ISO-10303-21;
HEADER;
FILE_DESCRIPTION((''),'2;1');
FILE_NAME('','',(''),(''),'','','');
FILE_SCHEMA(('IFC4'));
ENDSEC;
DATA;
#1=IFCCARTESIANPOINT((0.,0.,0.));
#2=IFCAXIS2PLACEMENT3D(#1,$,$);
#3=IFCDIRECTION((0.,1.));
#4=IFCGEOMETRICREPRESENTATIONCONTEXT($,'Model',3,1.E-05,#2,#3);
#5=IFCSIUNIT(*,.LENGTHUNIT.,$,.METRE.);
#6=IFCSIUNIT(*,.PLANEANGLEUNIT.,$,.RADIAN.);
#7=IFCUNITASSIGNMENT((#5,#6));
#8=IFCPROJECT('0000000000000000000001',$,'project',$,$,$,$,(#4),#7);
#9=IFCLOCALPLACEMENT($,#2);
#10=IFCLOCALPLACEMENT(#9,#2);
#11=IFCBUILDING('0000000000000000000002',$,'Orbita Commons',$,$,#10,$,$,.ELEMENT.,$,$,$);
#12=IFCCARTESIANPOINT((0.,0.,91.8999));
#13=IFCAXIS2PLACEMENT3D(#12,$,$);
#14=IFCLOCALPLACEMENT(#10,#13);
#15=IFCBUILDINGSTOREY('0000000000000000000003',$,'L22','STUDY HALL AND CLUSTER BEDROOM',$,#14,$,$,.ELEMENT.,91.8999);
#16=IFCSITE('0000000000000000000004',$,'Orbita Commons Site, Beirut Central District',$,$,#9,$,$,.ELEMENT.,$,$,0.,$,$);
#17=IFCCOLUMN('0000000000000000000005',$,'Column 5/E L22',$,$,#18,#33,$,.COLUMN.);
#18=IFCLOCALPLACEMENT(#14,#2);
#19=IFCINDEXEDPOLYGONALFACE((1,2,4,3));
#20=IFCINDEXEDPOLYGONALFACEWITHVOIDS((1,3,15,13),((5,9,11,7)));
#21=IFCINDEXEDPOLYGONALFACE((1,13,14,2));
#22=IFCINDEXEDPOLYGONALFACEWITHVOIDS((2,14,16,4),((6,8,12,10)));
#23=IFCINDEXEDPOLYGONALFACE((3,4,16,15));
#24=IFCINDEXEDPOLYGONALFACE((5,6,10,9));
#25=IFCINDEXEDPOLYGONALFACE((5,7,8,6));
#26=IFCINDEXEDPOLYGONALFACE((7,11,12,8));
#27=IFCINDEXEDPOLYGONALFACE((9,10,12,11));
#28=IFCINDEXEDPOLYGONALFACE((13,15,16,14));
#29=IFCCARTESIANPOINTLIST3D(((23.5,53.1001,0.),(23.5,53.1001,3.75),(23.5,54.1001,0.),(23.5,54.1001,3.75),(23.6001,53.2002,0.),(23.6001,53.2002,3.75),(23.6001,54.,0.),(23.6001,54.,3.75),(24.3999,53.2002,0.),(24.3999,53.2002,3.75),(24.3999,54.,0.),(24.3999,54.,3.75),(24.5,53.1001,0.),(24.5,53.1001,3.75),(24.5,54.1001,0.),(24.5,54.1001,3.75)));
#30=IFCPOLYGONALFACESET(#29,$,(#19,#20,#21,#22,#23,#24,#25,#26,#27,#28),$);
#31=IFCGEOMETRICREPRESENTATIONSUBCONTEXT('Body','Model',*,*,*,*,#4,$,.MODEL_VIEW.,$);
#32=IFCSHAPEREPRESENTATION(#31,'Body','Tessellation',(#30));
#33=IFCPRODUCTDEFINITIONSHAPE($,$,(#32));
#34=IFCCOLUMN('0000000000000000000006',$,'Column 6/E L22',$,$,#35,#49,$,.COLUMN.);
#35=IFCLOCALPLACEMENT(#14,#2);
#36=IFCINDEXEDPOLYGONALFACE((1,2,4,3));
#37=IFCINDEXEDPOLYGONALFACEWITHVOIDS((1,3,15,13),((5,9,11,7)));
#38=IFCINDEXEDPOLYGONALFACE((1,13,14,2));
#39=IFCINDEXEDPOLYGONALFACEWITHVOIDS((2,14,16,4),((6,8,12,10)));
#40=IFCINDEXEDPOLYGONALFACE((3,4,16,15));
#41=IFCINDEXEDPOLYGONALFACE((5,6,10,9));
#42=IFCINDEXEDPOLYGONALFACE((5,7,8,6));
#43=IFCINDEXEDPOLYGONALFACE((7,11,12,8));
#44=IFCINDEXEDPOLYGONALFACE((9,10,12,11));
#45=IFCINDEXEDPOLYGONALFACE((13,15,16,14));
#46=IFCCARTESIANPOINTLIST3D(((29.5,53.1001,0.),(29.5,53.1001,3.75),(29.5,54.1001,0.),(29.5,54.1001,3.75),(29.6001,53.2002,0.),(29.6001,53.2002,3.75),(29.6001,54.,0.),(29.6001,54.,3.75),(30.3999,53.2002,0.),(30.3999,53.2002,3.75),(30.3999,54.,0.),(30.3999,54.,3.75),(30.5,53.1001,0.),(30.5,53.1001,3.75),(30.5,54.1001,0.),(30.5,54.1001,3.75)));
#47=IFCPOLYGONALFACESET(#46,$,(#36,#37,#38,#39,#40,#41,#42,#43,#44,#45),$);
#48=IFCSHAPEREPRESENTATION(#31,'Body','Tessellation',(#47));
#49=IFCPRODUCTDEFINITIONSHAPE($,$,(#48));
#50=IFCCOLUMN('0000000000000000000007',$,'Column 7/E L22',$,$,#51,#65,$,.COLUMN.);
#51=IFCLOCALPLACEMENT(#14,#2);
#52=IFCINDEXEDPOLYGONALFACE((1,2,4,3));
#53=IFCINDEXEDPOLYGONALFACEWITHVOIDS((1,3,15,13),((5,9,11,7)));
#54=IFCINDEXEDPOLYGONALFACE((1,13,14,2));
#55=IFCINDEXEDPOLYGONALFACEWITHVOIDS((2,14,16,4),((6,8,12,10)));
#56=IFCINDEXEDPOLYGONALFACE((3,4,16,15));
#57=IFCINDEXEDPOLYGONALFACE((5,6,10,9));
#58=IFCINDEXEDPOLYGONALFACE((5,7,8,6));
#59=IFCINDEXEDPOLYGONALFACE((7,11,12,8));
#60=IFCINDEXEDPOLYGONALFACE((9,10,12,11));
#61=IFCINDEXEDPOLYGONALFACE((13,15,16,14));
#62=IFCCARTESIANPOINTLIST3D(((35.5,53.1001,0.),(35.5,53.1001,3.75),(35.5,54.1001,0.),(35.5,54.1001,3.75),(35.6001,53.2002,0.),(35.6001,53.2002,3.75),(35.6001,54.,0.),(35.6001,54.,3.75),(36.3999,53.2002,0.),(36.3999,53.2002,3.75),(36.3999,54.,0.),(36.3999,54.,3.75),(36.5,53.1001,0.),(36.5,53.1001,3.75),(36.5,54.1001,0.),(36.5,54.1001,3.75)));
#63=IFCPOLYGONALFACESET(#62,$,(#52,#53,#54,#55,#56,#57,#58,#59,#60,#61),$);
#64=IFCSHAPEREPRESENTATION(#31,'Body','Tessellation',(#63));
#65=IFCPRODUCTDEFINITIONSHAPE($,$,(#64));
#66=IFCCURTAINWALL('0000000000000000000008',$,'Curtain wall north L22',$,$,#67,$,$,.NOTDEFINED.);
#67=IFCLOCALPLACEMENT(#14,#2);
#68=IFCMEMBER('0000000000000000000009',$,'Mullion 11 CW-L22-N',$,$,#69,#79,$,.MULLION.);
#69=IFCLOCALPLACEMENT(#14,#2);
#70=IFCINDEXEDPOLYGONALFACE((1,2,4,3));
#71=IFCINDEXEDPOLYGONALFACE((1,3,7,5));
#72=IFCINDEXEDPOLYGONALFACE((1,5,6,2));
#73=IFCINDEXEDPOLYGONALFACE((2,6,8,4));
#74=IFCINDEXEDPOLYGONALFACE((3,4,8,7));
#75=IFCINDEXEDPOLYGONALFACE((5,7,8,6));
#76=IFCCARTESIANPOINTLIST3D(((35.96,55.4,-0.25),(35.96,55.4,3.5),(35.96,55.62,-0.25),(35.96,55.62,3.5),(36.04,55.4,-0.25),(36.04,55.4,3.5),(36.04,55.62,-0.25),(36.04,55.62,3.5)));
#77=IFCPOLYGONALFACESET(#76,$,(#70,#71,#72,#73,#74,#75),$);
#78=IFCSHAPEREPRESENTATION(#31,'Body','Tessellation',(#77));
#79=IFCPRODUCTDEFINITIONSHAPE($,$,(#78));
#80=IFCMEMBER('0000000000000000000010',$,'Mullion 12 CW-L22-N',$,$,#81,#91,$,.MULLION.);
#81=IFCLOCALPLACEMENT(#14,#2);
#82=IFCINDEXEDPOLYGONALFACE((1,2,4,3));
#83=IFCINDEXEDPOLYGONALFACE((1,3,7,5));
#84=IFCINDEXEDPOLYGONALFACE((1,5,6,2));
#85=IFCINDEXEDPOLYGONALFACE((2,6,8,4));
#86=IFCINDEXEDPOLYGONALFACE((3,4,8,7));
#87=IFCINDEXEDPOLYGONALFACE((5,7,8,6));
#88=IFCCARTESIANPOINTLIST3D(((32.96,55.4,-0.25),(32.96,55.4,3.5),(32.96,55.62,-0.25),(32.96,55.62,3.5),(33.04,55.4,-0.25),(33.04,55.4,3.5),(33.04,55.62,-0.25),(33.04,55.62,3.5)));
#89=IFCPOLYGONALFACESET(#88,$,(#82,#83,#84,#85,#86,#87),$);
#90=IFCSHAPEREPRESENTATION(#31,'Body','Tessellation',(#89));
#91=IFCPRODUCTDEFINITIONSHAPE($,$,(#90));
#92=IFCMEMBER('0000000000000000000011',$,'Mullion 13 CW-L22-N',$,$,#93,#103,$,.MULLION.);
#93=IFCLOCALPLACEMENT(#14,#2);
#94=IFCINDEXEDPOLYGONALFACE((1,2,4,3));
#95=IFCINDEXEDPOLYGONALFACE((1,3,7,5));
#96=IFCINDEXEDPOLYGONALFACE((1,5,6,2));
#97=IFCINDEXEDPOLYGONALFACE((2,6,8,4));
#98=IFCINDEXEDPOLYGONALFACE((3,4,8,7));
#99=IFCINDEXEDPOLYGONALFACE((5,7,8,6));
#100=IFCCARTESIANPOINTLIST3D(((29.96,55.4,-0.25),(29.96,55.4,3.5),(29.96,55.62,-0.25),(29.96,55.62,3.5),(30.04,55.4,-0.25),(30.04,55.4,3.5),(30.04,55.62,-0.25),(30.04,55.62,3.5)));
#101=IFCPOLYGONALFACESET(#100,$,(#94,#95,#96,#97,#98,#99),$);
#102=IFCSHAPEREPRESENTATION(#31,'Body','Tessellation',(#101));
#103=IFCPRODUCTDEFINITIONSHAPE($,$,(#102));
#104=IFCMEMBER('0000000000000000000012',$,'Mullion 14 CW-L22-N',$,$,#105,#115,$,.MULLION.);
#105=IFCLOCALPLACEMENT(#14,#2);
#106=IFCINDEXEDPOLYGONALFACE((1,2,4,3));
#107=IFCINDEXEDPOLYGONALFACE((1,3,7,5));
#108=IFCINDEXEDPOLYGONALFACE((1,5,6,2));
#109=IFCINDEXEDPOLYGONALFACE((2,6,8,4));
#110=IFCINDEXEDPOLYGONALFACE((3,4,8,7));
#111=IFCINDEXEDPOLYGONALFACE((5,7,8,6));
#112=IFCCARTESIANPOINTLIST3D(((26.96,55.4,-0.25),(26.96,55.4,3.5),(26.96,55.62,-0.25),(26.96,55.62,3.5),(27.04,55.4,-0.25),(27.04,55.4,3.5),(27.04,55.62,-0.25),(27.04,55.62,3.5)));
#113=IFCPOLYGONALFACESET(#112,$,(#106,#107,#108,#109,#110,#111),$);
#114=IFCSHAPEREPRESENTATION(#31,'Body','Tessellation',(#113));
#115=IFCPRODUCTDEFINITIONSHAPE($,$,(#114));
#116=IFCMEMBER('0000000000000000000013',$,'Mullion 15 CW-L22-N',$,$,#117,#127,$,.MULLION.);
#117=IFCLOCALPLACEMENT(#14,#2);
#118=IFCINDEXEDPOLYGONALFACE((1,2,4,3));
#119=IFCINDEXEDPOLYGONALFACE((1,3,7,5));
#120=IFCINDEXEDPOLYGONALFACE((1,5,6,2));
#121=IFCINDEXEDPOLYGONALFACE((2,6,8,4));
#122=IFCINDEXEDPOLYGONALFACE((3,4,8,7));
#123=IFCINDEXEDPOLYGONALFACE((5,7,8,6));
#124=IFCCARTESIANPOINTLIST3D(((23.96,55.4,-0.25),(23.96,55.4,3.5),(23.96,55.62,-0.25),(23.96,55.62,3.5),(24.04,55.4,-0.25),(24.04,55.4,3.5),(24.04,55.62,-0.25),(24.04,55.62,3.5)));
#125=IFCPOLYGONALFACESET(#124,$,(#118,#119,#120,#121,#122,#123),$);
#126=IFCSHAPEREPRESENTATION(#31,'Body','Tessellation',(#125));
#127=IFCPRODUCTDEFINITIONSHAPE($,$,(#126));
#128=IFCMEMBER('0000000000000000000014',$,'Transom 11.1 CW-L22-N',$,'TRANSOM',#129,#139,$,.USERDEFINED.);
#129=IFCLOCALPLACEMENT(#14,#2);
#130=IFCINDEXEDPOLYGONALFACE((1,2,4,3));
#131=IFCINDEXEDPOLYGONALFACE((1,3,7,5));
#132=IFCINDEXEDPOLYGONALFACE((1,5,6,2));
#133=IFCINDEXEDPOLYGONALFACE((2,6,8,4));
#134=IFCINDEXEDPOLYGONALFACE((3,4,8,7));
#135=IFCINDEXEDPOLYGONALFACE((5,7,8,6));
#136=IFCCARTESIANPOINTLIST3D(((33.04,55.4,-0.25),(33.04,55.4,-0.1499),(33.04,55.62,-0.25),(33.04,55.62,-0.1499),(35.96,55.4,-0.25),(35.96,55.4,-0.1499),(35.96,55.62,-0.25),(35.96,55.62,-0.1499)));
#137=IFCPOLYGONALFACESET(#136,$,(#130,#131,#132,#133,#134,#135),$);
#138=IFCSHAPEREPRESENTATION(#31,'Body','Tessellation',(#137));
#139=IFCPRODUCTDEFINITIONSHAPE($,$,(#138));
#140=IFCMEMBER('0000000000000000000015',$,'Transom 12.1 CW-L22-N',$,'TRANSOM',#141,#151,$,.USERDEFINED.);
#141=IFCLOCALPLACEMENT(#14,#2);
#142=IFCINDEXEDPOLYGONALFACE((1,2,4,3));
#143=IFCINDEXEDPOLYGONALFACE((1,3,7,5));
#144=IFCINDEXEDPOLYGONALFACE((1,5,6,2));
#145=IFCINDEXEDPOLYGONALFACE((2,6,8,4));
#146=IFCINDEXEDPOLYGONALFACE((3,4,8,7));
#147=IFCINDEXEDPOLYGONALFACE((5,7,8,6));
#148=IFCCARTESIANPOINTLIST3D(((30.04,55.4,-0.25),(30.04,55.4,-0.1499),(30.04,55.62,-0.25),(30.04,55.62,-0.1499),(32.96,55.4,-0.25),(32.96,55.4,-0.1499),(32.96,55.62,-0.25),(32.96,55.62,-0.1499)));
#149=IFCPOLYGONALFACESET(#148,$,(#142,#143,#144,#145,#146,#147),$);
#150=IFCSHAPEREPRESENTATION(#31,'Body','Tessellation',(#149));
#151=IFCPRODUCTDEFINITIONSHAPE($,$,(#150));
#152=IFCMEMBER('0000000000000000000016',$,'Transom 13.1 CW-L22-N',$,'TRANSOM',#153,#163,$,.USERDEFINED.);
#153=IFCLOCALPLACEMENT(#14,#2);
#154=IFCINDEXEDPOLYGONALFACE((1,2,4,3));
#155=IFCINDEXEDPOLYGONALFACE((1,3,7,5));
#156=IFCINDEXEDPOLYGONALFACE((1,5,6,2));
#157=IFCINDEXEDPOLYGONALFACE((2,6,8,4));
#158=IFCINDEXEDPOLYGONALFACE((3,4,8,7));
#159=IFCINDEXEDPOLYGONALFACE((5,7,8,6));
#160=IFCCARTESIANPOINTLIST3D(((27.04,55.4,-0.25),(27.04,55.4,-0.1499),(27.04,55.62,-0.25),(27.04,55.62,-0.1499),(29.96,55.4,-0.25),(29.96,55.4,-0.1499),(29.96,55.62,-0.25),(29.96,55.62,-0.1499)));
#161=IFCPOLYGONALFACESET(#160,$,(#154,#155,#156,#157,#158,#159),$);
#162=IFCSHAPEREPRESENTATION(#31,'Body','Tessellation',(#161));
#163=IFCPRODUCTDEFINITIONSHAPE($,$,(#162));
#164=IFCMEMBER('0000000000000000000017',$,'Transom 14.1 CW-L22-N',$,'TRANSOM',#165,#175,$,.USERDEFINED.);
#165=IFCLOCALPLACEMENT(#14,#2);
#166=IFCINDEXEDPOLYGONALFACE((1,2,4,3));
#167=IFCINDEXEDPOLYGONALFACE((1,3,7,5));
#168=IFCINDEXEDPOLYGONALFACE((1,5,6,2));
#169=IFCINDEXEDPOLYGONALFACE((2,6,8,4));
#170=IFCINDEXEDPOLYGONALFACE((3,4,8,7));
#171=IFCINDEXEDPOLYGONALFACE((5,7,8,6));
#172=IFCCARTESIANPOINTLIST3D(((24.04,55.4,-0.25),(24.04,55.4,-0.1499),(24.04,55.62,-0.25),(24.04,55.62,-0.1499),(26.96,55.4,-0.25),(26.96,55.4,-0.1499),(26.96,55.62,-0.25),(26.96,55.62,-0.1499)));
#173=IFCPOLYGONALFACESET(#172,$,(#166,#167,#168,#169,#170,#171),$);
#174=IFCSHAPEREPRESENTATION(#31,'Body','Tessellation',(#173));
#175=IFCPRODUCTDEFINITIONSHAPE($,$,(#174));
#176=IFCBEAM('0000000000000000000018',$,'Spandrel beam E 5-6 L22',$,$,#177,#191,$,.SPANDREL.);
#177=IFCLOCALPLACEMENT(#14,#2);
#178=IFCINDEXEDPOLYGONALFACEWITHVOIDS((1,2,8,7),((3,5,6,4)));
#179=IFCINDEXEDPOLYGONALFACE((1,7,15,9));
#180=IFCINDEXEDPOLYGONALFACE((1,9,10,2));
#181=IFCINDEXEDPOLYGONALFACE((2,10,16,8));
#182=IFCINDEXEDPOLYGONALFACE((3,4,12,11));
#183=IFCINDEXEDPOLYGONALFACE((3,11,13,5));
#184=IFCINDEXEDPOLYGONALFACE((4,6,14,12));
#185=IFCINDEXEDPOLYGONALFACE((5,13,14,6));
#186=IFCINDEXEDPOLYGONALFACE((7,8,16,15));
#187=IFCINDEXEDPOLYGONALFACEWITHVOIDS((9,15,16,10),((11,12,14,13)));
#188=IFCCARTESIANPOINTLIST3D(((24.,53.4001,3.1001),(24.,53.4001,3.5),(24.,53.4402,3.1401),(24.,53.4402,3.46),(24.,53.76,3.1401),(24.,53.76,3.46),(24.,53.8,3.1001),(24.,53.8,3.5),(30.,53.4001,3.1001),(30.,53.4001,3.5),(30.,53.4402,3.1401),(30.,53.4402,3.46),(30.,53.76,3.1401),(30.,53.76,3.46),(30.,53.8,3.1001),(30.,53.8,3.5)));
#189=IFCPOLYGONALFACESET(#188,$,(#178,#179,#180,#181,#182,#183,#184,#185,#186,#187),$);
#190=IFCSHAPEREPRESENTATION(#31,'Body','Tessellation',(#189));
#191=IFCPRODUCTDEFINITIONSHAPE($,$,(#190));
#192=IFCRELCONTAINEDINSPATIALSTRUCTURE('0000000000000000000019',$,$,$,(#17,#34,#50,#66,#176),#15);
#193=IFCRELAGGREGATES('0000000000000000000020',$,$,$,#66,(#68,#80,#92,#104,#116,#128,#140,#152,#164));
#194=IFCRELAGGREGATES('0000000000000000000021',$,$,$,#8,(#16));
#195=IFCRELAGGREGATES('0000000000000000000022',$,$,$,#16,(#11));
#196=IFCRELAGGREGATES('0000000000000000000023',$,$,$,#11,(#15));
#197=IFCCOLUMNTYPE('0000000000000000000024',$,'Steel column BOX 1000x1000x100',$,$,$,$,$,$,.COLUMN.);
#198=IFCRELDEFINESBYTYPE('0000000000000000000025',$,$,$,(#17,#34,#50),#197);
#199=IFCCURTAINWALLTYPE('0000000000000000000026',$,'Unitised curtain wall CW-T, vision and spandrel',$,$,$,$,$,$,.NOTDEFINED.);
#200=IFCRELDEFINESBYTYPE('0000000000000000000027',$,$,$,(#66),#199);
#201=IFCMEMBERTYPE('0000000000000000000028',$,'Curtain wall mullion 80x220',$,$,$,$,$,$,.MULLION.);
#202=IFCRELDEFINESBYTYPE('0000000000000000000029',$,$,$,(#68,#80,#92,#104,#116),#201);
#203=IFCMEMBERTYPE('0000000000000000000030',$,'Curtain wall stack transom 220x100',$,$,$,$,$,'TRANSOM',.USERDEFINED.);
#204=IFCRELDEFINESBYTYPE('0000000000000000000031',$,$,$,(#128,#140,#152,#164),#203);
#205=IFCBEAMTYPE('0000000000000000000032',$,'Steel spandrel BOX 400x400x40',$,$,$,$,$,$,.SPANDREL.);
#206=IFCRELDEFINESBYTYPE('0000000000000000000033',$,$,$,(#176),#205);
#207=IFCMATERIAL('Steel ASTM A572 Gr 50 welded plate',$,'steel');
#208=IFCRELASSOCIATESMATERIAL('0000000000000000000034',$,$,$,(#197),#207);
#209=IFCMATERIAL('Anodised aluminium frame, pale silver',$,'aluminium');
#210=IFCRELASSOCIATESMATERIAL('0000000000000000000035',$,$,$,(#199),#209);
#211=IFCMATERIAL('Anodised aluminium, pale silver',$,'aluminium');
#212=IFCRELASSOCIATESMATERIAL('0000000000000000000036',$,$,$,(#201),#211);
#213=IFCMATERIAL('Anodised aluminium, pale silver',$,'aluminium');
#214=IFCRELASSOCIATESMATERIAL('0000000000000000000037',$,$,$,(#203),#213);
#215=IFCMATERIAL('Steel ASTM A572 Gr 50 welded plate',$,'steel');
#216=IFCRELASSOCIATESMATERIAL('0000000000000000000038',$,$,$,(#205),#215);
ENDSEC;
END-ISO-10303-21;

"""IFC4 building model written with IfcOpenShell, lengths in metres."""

from ifc_helpers import new_model, si_unit, direction, frame, origin, origin_2d, place, context, subcontext, project, spatial, rectangle, hollow_rectangle, extrude, material, material_profile, profile_set, type_object, element, aggregate, save


model = new_model("IFC4")

# Units and contexts
model_context = context("Model", 3, precision=1e-05, world=origin(), true_north=direction((0.0, 1.0)))
body_context = subcontext(model_context, "Body", "Model", "MODEL_VIEW")
ifc_project = project(units=[si_unit("LENGTHUNIT", "METRE"), si_unit("PLANEANGLEUNIT", "RADIAN")], contexts=[model_context])

# Site, building, storey
site_placement = place(None, origin())
site = spatial("IfcSite", under=ifc_project, at=site_placement, Name="Orbita Commons Site, Beirut Central District", CompositionType="ELEMENT", RefElevation=0.0)
building_placement = place(site_placement, origin())
building = spatial("IfcBuilding", under=site, at=building_placement, Name="Orbita Commons", CompositionType="ELEMENT")
storey_placement = place(building_placement, frame((0.0, 0.0, 91.8999)))
storey = spatial("IfcBuildingStorey", under=building, at=storey_placement, Name="L22", Description="STUDY HALL AND CLUSTER BEDROOM", CompositionType="ELEMENT", Elevation=91.8999)

# Columns
ifc_material_1 = material(Name="Steel ASTM A572 Gr 50 welded plate", Category="steel")
ifc_material_profile_1 = material_profile(ifc_material_1, hollow_rectangle(XDim=1.0, YDim=1.0, WallThickness=0.1001, at=origin_2d()), Name="BOX 1000x1000x100")
ifc_profile_set_1 = profile_set([ifc_material_profile_1], Name="Steel ASTM A572 Gr 50 welded plate")
column_type = type_object("IfcColumnType", Name="Steel column BOX 1000x1000x100", PredefinedType="COLUMN", material=ifc_profile_set_1)
for number, where, z_axis, x_axis, name in (
    (1, (24.0, 53.6001, 0.0), (0.0, 0.0, 1.0), (1.0, 0.0, 0.0), "Column 5/E L22"),
    (2, (30.0, 53.6001, 0.0), (0.0, 0.0, 1.0), (1.0, 0.0, 0.0), "Column 6/E L22"),
    (3, (36.0, 53.6001, 0.0), (0.0, 0.0, 1.0), (1.0, 0.0, 0.0), "Column 7/E L22"),
):
    element("IfcColumn", number, at=place(storey_placement, frame(where, z_axis=z_axis, x_axis=x_axis)), inside=storey, type_object=column_type, Name=name, PredefinedType="COLUMN", context=body_context, shape_type="SweptSolid", body=[
        extrude(hollow_rectangle(XDim=1.0, YDim=1.0, WallThickness=0.1001, at=origin_2d()), origin(), (0.0, 0.0, 1.0), 3.75),
    ])

# Curtain wall, members
ifc_material_2 = material(Name="Anodised aluminium frame, pale silver", Category="aluminium")
curtain_wall_type = type_object("IfcCurtainWallType", Name="Unitised curtain wall CW-T, vision and spandrel", PredefinedType="NOTDEFINED", material=ifc_material_2)
curtain_wall_placement = place(storey_placement, origin())
curtain_wall = element("IfcCurtainWall", 4, at=curtain_wall_placement, inside=storey, type_object=curtain_wall_type, Name="Curtain wall north L22", PredefinedType="NOTDEFINED")
ifc_material_3 = material(Name="Anodised aluminium, pale silver", Category="aluminium")
ifc_material_profile_2 = material_profile(ifc_material_3, rectangle(XDim=0.0801, YDim=0.22, at=origin_2d()), Name="AL 80x220")
ifc_profile_set_2 = profile_set([ifc_material_profile_2], Name="Anodised aluminium, pale silver")
member_type_1 = type_object("IfcMemberType", Name="Curtain wall mullion 80x220", PredefinedType="MULLION", material=ifc_profile_set_2)
member_1_placement = place(storey_placement, frame((36.0, 55.51, -0.25), z_axis=(0.0, 0.0, 1.0), x_axis=(-1.0, 0.0, 0.0)))
member_1 = element("IfcMember", 5, at=member_1_placement, type_object=member_type_1, Name="Mullion 11 CW-L22-N", PredefinedType="MULLION", context=body_context, shape_type="SweptSolid", body=[
    extrude(rectangle(XDim=0.0801, YDim=0.22, at=origin_2d()), origin(), (0.0, 0.0, 1.0), 3.75),
])
member_2_placement = place(storey_placement, frame((33.0, 55.51, -0.25), z_axis=(0.0, 0.0, 1.0), x_axis=(-1.0, 0.0, 0.0)))
member_2 = element("IfcMember", 6, at=member_2_placement, type_object=member_type_1, Name="Mullion 12 CW-L22-N", PredefinedType="MULLION", context=body_context, shape_type="SweptSolid", body=[
    extrude(rectangle(XDim=0.0801, YDim=0.22, at=origin_2d()), origin(), (0.0, 0.0, 1.0), 3.75),
])
member_3_placement = place(storey_placement, frame((30.0, 55.51, -0.25), z_axis=(0.0, 0.0, 1.0), x_axis=(-1.0, 0.0, 0.0)))
member_3 = element("IfcMember", 7, at=member_3_placement, type_object=member_type_1, Name="Mullion 13 CW-L22-N", PredefinedType="MULLION", context=body_context, shape_type="SweptSolid", body=[
    extrude(rectangle(XDim=0.0801, YDim=0.22, at=origin_2d()), origin(), (0.0, 0.0, 1.0), 3.75),
])
member_4_placement = place(storey_placement, frame((27.0, 55.51, -0.25), z_axis=(0.0, 0.0, 1.0), x_axis=(-1.0, 0.0, 0.0)))
member_4 = element("IfcMember", 8, at=member_4_placement, type_object=member_type_1, Name="Mullion 14 CW-L22-N", PredefinedType="MULLION", context=body_context, shape_type="SweptSolid", body=[
    extrude(rectangle(XDim=0.0801, YDim=0.22, at=origin_2d()), origin(), (0.0, 0.0, 1.0), 3.75),
])
member_5_placement = place(storey_placement, frame((24.0, 55.51, -0.25), z_axis=(0.0, 0.0, 1.0), x_axis=(-1.0, 0.0, 0.0)))
member_5 = element("IfcMember", 9, at=member_5_placement, type_object=member_type_1, Name="Mullion 15 CW-L22-N", PredefinedType="MULLION", context=body_context, shape_type="SweptSolid", body=[
    extrude(rectangle(XDim=0.0801, YDim=0.22, at=origin_2d()), origin(), (0.0, 0.0, 1.0), 3.75),
])
ifc_material_4 = material(Name="Anodised aluminium, pale silver", Category="aluminium")
ifc_material_profile_3 = material_profile(ifc_material_4, rectangle(XDim=0.22, YDim=0.1001, at=origin_2d()), Name="AL 220x100")
ifc_profile_set_3 = profile_set([ifc_material_profile_3], Name="Anodised aluminium, pale silver")
member_type_2 = type_object("IfcMemberType", Name="Curtain wall stack transom 220x100", ElementType="TRANSOM", PredefinedType="USERDEFINED", material=ifc_profile_set_3)
member_6_placement = place(storey_placement, frame((35.96, 55.51, -0.2), z_axis=(-1.0, 0.0, 0.0), x_axis=(0.0, -1.0, 0.0)))
member_6 = element("IfcMember", 10, at=member_6_placement, type_object=member_type_2, Name="Transom 11.1 CW-L22-N", ObjectType="TRANSOM", PredefinedType="USERDEFINED", context=body_context, shape_type="SweptSolid", body=[
    extrude(rectangle(XDim=0.22, YDim=0.1001, at=origin_2d()), origin(), (0.0, 0.0, 1.0), 2.9199),
])
member_7_placement = place(storey_placement, frame((32.96, 55.51, -0.2), z_axis=(-1.0, 0.0, 0.0), x_axis=(0.0, -1.0, 0.0)))
member_7 = element("IfcMember", 11, at=member_7_placement, type_object=member_type_2, Name="Transom 12.1 CW-L22-N", ObjectType="TRANSOM", PredefinedType="USERDEFINED", context=body_context, shape_type="SweptSolid", body=[
    extrude(rectangle(XDim=0.22, YDim=0.1001, at=origin_2d()), origin(), (0.0, 0.0, 1.0), 2.9199),
])
member_8_placement = place(storey_placement, frame((29.96, 55.51, -0.2), z_axis=(-1.0, 0.0, 0.0), x_axis=(0.0, -1.0, 0.0)))
member_8 = element("IfcMember", 12, at=member_8_placement, type_object=member_type_2, Name="Transom 13.1 CW-L22-N", ObjectType="TRANSOM", PredefinedType="USERDEFINED", context=body_context, shape_type="SweptSolid", body=[
    extrude(rectangle(XDim=0.22, YDim=0.1001, at=origin_2d()), origin(), (0.0, 0.0, 1.0), 2.9199),
])
member_9_placement = place(storey_placement, frame((26.96, 55.51, -0.2), z_axis=(-1.0, 0.0, 0.0), x_axis=(0.0, -1.0, 0.0)))
member_9 = element("IfcMember", 13, at=member_9_placement, type_object=member_type_2, Name="Transom 14.1 CW-L22-N", ObjectType="TRANSOM", PredefinedType="USERDEFINED", context=body_context, shape_type="SweptSolid", body=[
    extrude(rectangle(XDim=0.22, YDim=0.1001, at=origin_2d()), origin(), (0.0, 0.0, 1.0), 2.9199),
])

# Beam
ifc_material_5 = material(Name="Steel ASTM A572 Gr 50 welded plate", Category="steel")
ifc_material_profile_4 = material_profile(ifc_material_5, hollow_rectangle(XDim=0.3999, YDim=0.3999, WallThickness=0.04, at=origin_2d()), Name="BOX 400x400x40")
ifc_profile_set_4 = profile_set([ifc_material_profile_4], Name="Steel ASTM A572 Gr 50 welded plate")
beam_type = type_object("IfcBeamType", Name="Steel spandrel BOX 400x400x40", PredefinedType="SPANDREL", material=ifc_profile_set_4)
for number, where, z_axis, x_axis, name in (
    (14, (24.0, 53.6001, 3.3), (1.0, 0.0, 0.0), (0.0, 1.0, 0.0), "Spandrel beam E 5-6 L22"),
):
    element("IfcBeam", number, at=place(storey_placement, frame(where, z_axis=z_axis, x_axis=x_axis)), inside=storey, type_object=beam_type, Name=name, PredefinedType="SPANDREL", context=body_context, shape_type="SweptSolid", body=[
        extrude(hollow_rectangle(XDim=0.3999, YDim=0.3999, WallThickness=0.04, at=origin_2d()), origin(), (0.0, 0.0, 1.0), 6.0),
    ])

aggregate(curtain_wall, [member_1, member_2, member_3, member_4, member_5, member_6, member_7, member_8, member_9])

save(model, "model.ifc")
